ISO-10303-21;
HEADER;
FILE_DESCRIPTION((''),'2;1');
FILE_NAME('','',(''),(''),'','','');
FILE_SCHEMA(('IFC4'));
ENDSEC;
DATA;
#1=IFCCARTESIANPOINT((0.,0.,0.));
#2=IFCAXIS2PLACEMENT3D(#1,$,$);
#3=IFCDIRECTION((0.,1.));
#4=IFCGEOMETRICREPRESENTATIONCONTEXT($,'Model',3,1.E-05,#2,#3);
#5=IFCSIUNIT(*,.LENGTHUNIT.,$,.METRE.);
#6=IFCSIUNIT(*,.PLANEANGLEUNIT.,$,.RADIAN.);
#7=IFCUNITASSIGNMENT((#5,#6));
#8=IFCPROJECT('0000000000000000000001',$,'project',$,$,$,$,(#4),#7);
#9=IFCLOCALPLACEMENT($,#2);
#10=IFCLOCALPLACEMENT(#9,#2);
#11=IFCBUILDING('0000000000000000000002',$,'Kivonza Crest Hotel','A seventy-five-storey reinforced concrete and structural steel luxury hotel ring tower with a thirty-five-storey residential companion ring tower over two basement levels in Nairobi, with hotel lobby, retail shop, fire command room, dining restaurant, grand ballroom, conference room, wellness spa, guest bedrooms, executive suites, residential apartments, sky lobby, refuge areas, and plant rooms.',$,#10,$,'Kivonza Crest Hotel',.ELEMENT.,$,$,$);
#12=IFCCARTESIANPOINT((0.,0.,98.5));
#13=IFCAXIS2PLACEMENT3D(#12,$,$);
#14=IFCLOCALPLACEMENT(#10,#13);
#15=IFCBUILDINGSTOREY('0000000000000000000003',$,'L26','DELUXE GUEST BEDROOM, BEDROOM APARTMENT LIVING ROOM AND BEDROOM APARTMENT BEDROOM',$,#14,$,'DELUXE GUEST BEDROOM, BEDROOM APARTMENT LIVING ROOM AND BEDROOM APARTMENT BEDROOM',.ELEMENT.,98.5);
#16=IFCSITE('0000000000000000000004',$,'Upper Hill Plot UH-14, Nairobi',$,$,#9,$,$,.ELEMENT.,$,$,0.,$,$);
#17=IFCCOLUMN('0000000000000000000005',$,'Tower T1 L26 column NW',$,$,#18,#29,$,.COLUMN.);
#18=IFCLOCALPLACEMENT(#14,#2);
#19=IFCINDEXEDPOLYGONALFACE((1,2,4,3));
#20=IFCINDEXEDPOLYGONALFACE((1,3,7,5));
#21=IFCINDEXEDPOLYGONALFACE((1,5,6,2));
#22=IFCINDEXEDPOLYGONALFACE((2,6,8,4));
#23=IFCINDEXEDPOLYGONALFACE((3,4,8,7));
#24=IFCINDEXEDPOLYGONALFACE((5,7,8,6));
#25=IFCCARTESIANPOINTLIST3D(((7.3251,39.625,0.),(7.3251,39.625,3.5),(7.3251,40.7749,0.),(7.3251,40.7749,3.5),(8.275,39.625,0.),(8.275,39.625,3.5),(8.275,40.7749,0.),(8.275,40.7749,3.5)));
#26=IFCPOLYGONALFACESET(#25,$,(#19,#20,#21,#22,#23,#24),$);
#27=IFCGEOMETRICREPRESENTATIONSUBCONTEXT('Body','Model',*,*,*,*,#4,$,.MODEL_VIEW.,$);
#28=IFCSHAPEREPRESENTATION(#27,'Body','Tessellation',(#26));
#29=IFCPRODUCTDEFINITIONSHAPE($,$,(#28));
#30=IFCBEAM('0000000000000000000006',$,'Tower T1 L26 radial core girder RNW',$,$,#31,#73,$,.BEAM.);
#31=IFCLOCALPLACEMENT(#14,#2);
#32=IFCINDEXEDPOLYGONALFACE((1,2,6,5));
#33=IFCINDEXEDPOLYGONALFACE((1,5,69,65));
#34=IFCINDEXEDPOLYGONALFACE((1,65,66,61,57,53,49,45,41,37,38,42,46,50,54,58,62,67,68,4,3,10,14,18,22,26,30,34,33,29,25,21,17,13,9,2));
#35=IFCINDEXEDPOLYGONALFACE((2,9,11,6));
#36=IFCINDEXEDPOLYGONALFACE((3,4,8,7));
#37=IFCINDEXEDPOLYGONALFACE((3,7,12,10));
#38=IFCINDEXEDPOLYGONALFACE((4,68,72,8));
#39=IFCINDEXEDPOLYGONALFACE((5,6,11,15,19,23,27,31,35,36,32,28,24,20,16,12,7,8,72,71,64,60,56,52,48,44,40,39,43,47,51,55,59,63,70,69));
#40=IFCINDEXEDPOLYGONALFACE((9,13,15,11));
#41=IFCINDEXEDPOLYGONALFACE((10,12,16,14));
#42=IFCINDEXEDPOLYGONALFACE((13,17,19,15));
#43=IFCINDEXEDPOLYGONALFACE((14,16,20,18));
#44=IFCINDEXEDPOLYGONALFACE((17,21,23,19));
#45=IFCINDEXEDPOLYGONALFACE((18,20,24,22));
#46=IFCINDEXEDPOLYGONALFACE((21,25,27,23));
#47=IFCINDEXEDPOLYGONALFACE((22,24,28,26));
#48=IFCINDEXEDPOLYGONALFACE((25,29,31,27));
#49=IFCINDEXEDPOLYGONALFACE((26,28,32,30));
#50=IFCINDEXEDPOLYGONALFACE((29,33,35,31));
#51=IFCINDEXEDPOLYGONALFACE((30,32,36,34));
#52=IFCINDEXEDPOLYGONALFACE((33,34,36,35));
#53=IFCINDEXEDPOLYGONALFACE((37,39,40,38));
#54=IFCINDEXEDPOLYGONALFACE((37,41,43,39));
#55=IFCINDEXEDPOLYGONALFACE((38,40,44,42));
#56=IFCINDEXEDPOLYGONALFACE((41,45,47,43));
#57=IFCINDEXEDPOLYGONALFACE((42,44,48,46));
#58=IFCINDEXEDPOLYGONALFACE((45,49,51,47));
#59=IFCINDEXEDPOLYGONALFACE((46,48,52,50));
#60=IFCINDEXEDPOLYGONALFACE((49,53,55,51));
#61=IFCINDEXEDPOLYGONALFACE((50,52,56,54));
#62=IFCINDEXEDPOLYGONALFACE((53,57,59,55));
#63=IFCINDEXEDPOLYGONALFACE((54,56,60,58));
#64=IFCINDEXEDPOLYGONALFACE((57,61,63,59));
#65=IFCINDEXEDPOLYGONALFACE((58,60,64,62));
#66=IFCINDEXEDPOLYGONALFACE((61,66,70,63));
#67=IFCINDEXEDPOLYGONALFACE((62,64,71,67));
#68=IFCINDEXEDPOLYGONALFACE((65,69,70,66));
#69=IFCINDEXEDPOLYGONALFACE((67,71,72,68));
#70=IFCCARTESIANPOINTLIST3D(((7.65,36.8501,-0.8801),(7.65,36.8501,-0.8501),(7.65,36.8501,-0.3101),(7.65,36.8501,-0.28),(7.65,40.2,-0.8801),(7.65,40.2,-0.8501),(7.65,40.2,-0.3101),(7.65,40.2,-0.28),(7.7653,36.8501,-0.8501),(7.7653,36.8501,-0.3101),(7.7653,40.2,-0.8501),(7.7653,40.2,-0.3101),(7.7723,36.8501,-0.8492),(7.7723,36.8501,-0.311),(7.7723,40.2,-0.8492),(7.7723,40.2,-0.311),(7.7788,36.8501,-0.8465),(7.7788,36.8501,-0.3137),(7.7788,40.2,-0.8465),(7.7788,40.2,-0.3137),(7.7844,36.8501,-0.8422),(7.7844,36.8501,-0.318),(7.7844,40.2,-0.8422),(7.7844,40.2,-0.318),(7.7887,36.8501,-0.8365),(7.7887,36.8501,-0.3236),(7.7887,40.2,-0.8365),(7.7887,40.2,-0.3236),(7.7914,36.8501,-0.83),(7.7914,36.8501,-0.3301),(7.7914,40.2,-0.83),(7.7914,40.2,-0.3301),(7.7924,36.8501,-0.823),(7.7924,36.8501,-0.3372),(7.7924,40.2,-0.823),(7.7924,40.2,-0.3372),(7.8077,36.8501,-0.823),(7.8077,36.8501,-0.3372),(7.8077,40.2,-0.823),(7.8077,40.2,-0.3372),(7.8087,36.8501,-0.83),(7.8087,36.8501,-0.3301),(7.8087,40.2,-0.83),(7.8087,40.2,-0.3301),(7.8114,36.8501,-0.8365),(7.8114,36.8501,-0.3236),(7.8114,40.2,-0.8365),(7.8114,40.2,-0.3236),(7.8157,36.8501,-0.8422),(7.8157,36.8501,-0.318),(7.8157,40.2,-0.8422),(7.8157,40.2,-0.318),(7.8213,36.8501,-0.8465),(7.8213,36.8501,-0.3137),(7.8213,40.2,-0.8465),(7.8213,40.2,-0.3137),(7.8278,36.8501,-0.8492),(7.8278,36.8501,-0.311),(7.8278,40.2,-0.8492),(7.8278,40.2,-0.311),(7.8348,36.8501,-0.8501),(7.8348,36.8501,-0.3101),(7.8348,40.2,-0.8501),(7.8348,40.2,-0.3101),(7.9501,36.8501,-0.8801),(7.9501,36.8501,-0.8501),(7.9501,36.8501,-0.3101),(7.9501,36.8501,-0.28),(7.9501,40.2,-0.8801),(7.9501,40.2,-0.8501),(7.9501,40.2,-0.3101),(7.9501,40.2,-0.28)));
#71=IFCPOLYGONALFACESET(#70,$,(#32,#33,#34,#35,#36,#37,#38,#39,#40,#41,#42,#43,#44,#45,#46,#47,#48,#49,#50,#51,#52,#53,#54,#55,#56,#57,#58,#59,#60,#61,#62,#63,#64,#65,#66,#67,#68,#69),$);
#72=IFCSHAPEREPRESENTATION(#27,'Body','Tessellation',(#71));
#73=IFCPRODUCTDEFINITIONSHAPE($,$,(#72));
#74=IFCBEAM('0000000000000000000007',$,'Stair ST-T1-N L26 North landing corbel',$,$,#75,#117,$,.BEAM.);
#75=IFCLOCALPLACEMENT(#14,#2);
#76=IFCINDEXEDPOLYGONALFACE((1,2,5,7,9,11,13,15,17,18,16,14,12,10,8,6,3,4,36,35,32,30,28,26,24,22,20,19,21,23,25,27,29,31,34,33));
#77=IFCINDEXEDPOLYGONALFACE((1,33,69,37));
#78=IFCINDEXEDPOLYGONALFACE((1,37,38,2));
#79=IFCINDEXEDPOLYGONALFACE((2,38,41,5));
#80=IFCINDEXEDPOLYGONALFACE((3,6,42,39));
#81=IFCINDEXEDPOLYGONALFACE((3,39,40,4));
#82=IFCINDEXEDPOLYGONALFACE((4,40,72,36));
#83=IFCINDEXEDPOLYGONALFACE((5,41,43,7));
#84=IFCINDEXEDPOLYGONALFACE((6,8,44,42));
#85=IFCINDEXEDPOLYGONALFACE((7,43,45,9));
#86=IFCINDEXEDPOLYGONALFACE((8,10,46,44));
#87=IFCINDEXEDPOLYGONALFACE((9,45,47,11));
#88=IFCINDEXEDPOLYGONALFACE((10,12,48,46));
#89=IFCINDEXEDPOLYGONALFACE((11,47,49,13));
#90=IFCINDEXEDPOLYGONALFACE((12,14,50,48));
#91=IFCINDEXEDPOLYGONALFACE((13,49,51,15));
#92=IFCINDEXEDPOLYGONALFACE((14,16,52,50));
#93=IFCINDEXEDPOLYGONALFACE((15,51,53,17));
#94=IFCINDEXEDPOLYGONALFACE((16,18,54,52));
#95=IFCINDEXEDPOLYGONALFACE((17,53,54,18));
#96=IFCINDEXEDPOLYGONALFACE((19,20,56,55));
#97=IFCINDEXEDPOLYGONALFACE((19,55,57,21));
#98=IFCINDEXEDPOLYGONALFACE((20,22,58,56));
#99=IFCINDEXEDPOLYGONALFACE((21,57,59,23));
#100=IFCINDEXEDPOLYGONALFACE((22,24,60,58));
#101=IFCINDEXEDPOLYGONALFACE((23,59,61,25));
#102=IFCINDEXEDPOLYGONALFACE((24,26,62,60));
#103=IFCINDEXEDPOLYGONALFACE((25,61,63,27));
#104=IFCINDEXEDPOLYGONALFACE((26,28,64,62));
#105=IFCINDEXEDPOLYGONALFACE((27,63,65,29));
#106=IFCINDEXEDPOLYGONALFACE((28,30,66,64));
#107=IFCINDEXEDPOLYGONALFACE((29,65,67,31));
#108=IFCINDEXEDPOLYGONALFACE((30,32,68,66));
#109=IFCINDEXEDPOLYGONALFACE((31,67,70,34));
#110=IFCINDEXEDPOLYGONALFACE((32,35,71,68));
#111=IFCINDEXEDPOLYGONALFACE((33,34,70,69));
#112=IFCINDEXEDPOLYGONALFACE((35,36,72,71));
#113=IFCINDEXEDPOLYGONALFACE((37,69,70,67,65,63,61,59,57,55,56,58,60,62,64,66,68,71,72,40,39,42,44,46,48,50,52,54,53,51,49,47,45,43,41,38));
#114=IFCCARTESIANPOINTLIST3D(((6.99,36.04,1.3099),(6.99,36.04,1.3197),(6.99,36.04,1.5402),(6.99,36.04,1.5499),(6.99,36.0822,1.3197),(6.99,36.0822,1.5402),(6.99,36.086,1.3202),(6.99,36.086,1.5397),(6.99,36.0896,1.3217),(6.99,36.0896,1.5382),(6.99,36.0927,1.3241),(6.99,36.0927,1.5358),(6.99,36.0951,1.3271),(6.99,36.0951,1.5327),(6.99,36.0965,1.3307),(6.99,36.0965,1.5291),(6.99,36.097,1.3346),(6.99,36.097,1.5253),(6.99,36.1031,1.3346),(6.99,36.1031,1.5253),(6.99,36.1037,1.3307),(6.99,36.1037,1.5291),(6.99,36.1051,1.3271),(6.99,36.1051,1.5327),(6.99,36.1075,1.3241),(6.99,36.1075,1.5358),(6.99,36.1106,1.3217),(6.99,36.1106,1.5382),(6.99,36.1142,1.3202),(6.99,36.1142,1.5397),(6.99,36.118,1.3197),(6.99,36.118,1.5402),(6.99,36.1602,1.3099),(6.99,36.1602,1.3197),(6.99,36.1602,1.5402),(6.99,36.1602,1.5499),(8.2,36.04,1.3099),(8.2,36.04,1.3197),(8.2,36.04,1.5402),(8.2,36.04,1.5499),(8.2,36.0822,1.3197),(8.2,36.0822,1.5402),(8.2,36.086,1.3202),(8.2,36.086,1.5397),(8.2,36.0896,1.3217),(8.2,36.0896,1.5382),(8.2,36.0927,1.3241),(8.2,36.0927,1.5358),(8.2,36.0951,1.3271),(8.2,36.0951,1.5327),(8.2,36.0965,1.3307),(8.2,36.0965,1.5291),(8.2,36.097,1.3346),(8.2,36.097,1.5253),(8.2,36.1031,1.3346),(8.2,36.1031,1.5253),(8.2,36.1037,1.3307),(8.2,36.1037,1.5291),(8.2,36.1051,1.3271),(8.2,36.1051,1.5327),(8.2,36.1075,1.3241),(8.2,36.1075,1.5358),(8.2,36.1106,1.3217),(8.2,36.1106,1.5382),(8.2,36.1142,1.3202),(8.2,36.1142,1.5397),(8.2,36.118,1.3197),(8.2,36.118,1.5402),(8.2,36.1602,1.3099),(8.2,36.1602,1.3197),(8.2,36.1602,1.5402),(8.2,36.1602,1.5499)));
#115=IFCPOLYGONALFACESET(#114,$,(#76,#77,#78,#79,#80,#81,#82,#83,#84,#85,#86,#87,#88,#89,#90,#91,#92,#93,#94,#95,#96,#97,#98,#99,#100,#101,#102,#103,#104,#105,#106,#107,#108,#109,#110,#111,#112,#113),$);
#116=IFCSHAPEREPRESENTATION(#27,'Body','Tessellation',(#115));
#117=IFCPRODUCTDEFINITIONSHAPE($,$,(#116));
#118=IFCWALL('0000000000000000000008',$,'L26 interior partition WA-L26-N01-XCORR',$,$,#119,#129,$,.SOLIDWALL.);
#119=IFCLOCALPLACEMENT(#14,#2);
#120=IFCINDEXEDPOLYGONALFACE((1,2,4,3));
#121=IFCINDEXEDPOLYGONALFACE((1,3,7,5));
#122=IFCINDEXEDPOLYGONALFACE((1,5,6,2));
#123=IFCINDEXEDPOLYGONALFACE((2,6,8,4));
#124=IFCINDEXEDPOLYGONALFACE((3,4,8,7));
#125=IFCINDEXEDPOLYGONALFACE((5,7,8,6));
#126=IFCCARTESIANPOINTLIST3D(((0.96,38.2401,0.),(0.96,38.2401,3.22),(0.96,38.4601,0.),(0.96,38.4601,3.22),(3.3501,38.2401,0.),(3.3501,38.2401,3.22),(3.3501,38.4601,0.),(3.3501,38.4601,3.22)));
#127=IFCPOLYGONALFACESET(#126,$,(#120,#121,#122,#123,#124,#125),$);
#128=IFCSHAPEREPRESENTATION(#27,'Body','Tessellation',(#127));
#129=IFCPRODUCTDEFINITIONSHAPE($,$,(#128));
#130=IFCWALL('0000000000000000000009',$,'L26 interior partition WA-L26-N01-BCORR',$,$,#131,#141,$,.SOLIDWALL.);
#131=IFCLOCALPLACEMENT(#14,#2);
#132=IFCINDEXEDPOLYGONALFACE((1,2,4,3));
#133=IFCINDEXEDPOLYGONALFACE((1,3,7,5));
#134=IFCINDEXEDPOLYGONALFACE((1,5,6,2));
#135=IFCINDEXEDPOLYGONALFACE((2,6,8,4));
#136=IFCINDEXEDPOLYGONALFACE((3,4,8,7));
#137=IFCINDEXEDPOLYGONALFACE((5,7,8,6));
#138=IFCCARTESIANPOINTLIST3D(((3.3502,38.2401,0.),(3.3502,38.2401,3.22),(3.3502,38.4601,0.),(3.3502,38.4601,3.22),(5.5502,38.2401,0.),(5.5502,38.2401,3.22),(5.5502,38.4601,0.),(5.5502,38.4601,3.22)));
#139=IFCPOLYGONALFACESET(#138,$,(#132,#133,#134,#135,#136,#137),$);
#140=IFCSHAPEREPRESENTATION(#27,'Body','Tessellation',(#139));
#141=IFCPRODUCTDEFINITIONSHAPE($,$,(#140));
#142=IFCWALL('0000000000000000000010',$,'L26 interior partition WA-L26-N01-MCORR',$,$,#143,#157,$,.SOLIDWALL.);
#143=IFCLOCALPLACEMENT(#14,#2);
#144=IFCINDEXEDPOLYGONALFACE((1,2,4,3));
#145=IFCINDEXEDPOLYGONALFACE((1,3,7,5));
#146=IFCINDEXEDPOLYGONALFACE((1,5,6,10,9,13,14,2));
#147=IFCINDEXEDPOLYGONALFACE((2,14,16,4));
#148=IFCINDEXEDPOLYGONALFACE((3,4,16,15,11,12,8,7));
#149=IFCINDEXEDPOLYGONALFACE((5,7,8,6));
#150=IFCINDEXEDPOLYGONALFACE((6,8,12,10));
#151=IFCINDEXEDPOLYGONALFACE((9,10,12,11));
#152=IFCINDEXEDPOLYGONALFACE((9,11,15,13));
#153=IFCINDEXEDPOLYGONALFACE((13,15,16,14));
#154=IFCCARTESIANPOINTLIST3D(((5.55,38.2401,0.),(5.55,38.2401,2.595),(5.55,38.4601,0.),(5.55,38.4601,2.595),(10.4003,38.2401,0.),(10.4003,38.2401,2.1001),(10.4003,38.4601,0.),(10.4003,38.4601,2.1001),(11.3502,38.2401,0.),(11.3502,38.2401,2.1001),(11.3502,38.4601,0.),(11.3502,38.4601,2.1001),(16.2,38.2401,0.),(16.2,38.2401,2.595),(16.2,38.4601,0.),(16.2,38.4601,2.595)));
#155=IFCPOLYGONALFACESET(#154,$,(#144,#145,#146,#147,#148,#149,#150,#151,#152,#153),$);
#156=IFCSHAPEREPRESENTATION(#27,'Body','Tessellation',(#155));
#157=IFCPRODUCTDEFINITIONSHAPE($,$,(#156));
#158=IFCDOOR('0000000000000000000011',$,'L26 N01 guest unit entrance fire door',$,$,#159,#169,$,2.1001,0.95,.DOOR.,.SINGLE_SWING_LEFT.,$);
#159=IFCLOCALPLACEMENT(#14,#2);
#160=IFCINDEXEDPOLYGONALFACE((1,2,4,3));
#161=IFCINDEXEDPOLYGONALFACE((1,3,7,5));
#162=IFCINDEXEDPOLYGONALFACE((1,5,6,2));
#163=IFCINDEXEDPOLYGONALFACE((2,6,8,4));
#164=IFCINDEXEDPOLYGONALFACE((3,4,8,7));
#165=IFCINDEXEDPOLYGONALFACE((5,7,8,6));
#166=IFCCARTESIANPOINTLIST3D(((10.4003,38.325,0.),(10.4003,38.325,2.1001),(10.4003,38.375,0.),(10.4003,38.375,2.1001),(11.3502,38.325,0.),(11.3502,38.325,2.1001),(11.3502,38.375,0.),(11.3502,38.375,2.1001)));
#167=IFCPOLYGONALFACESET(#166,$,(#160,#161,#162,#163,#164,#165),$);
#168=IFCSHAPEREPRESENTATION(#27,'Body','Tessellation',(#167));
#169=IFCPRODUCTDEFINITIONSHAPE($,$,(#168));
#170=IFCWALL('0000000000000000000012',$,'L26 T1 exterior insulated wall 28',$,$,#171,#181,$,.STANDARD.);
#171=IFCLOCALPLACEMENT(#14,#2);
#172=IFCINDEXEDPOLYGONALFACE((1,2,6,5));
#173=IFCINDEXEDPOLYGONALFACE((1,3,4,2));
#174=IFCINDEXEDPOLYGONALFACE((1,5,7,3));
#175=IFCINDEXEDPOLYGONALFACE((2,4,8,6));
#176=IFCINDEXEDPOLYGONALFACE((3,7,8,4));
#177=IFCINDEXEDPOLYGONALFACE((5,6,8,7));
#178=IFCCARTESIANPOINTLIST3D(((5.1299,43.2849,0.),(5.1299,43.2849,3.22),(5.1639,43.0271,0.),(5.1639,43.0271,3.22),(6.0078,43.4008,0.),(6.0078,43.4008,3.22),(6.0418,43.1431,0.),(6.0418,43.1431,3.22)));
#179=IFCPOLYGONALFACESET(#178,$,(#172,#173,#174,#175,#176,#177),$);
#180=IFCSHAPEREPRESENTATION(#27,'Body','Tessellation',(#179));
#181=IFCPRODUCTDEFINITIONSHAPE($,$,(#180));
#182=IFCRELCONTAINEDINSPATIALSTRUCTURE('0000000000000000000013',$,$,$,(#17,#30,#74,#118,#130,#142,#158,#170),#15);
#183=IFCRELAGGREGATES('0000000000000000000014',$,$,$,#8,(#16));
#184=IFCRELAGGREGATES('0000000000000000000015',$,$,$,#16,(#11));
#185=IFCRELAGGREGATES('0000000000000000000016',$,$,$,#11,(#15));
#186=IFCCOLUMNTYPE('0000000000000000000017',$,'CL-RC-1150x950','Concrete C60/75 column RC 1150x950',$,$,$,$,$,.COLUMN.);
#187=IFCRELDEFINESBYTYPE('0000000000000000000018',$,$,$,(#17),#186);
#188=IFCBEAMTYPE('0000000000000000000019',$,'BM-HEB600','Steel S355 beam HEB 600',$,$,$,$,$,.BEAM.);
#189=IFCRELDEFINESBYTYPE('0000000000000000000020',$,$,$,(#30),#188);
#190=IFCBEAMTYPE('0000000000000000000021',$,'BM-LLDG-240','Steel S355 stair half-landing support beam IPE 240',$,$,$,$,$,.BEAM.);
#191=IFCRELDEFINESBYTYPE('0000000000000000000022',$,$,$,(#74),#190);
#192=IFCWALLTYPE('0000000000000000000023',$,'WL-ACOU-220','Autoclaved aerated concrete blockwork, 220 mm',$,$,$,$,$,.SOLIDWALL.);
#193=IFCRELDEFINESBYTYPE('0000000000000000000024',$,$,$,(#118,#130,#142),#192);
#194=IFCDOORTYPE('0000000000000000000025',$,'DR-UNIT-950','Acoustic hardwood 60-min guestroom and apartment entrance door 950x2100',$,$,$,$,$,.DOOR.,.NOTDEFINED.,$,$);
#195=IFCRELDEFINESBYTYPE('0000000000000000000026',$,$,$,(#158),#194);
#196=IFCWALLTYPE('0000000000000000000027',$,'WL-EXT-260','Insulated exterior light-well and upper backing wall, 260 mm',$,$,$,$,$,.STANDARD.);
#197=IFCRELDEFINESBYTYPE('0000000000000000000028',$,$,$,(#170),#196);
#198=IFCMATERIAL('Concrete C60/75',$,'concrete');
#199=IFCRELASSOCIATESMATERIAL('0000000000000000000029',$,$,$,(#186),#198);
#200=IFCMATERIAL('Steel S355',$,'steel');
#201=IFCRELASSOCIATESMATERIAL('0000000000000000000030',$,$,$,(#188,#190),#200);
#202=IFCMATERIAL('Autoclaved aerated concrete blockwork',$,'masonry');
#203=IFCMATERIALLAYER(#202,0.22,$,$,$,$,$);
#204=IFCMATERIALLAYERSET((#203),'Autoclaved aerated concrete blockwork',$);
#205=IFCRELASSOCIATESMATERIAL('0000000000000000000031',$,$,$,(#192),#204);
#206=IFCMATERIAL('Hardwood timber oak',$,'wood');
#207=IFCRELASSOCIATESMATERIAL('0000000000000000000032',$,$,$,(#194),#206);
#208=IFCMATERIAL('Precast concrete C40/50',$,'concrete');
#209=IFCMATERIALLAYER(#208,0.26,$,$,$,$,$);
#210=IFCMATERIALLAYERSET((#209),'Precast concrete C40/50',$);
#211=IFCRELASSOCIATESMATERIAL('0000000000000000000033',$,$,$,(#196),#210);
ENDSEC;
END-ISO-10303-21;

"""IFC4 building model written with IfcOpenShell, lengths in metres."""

from ifc_helpers import new_model, si_unit, direction, frame, frame_2d, origin, origin_2d, place, context, subcontext, project, spatial, rectangle, i_section, extrude, material, layer, layer_set, material_profile, profile_set, type_object, element, fill, save


model = new_model("IFC4")

# Units and contexts
model_context = context("Model", 3, precision=1e-05, world=origin(), true_north=direction((0.0, 1.0)))
body_context = subcontext(model_context, "Body", "Model", "MODEL_VIEW")
ifc_project = project(units=[si_unit("LENGTHUNIT", "METRE"), si_unit("PLANEANGLEUNIT", "RADIAN")], contexts=[model_context])

# Site, building, storey
site_placement = place(None, origin())
site = spatial("IfcSite", under=ifc_project, at=site_placement, Name="Upper Hill Plot UH-14, Nairobi", CompositionType="ELEMENT", RefElevation=0.0)
building_placement = place(site_placement, origin())
building = spatial("IfcBuilding", under=site, at=building_placement, Name="Kivonza Crest Hotel", Description="A seventy-five-storey reinforced concrete and structural steel luxury hotel ring tower with a thirty-five-storey residential companion ring tower over two basement levels in Nairobi, with hotel lobby, retail shop, fire command room, dining restaurant, grand ballroom, conference room, wellness spa, guest bedrooms, executive suites, residential apartments, sky lobby, refuge areas, and plant rooms.", LongName="Kivonza Crest Hotel", CompositionType="ELEMENT")
storey_placement = place(building_placement, frame((0.0, 0.0, 98.5)))
storey = spatial("IfcBuildingStorey", under=building, at=storey_placement, Name="L26", Description="DELUXE GUEST BEDROOM, BEDROOM APARTMENT LIVING ROOM AND BEDROOM APARTMENT BEDROOM", LongName="DELUXE GUEST BEDROOM, BEDROOM APARTMENT LIVING ROOM AND BEDROOM APARTMENT BEDROOM", CompositionType="ELEMENT", Elevation=98.5)

# Column
ifc_material_1 = material(Name="Concrete C60/75", Category="concrete")
ifc_material_profile_1 = material_profile(ifc_material_1, rectangle(XDim=0.95, YDim=1.1499, at=origin_2d()), Name="RC 1150x950")
ifc_profile_set_1 = profile_set([ifc_material_profile_1], Name="Concrete C60/75")
column_type = type_object("IfcColumnType", Name="CL-RC-1150x950", Description="Concrete C60/75 column RC 1150x950", PredefinedType="COLUMN", material=ifc_profile_set_1)
column_placement = place(storey_placement, frame((7.8, 40.2, 0.0), z_axis=(0.0, 0.0, 1.0), x_axis=(1.0, 0.0, 0.0)))
element("IfcColumn", 1, at=column_placement, inside=storey, type_object=column_type, Name="Tower T1 L26 column NW", PredefinedType="COLUMN", context=body_context, shape_type="SweptSolid", body=[
    extrude(rectangle(XDim=0.95, YDim=1.1499, at=origin_2d()), origin(), (0.0, 0.0, 1.0), 3.5),
])

# Beams
ifc_material_2 = material(Name="Steel S355", Category="steel")
ifc_material_profile_2 = material_profile(ifc_material_2, i_section(OverallWidth=0.3, OverallDepth=0.6001, WebThickness=0.0154, FlangeThickness=0.03, FilletRadius=0.0271, at=origin_2d()), Name="HEB 600")
ifc_profile_set_2 = profile_set([ifc_material_profile_2], Name="Steel S355")
beam_type_1 = type_object("IfcBeamType", Name="BM-HEB600", Description="Steel S355 beam HEB 600", PredefinedType="BEAM", material=ifc_profile_set_2)
beam_1_placement = place(storey_placement, frame((7.8, 40.2, -0.5801), z_axis=(0.0, -1.0, 0.0), x_axis=(1.0, 0.0, 0.0)))
element("IfcBeam", 2, at=beam_1_placement, inside=storey, type_object=beam_type_1, Name="Tower T1 L26 radial core girder RNW", PredefinedType="BEAM", context=body_context, shape_type="SweptSolid", body=[
    extrude(i_section(OverallWidth=0.3, OverallDepth=0.6001, WebThickness=0.0154, FlangeThickness=0.03, FilletRadius=0.0271, at=origin_2d()), origin(), (0.0, 0.0, 1.0), 3.3499),
])
ifc_material_profile_3 = material_profile(ifc_material_2, i_section(OverallWidth=0.1201, OverallDepth=0.24, WebThickness=0.0061, FlangeThickness=0.0098, FilletRadius=0.0149, at=origin_2d()), Name="IPE 240")
ifc_profile_set_3 = profile_set([ifc_material_profile_3], Name="Steel S355")
beam_type_2 = type_object("IfcBeamType", Name="BM-LLDG-240", Description="Steel S355 stair half-landing support beam IPE 240", PredefinedType="BEAM", material=ifc_profile_set_3)
beam_2_placement = place(storey_placement, frame((6.99, 36.1001, 1.4299), z_axis=(1.0, 0.0, 0.0), x_axis=(0.0, 1.0, 0.0)))
element("IfcBeam", 3, at=beam_2_placement, inside=storey, type_object=beam_type_2, Name="Stair ST-T1-N L26 North landing corbel", PredefinedType="BEAM", context=body_context, shape_type="SweptSolid", body=[
    extrude(i_section(OverallWidth=0.1201, OverallDepth=0.24, WebThickness=0.0061, FlangeThickness=0.0098, FilletRadius=0.0149, at=origin_2d()), origin(), (0.0, 0.0, 1.0), 1.21),
])

# Walls
ifc_material_3 = material(Name="Autoclaved aerated concrete blockwork", Category="masonry")
ifc_layer_1 = layer(ifc_material_3, 0.22)
ifc_layer_set_1 = layer_set([ifc_layer_1], Name="Autoclaved aerated concrete blockwork")
wall_type_1 = type_object("IfcWallType", Name="WL-ACOU-220", Description="Autoclaved aerated concrete blockwork, 220 mm", PredefinedType="SOLIDWALL", material=ifc_layer_set_1)
wall_1_placement = place(storey_placement, frame((0.96, 38.3501, 0.0), z_axis=(0.0, 0.0, 1.0), x_axis=(1.0, 0.0, 0.0)))
element("IfcWall", 4, at=wall_1_placement, inside=storey, type_object=wall_type_1, Name="L26 interior partition WA-L26-N01-XCORR", PredefinedType="SOLIDWALL", context=body_context, shape_type="SweptSolid", body=[
    extrude(rectangle(XDim=2.3901, YDim=0.22, at=frame_2d((1.1951, 0.0))), origin(), (0.0, 0.0, 1.0), 3.22),
])
wall_2_placement = place(storey_placement, frame((3.3501, 38.3501, 0.0), z_axis=(0.0, 0.0, 1.0), x_axis=(1.0, 0.0, 0.0)))
element("IfcWall", 5, at=wall_2_placement, inside=storey, type_object=wall_type_1, Name="L26 interior partition WA-L26-N01-BCORR", PredefinedType="SOLIDWALL", context=body_context, shape_type="SweptSolid", body=[
    extrude(rectangle(XDim=2.2, YDim=0.22, at=frame_2d((1.1001, 0.0))), origin(), (0.0, 0.0, 1.0), 3.22),
])

# Wall, opening, door
wall_3_placement = place(storey_placement, frame((5.55, 38.3501, 0.0), z_axis=(0.0, 0.0, 1.0), x_axis=(1.0, 0.0, 0.0)))
wall_3 = element("IfcWall", 6, at=wall_3_placement, inside=storey, type_object=wall_type_1, Name="L26 interior partition WA-L26-N01-MCORR", PredefinedType="SOLIDWALL", context=body_context, shape_type="SweptSolid", body=[
    extrude(rectangle(XDim=10.6499, YDim=0.22, at=frame_2d((5.325, 0.0))), origin(), (0.0, 0.0, 1.0), 2.595),
])
opening_1_placement = place(wall_3_placement, frame((4.8501, 0.0, 0.0)))
opening_1 = element("IfcOpeningElement", 7, at=opening_1_placement, cuts=wall_3, PredefinedType="OPENING", context=body_context, shape_type="SweptSolid", body=[
    extrude(rectangle(XDim=0.95, YDim=2.1001, at=frame_2d((0.4751, 1.05))), frame((0.0, 0.1201, 0.0), z_axis=(0.0, -1.0, 0.0), x_axis=(1.0, 0.0, 0.0)), (0.0, 0.0, 1.0), 0.24),
])
ifc_material_4 = material(Name="Hardwood timber oak", Category="wood")
door_type_1 = type_object("IfcDoorType", Name="DR-UNIT-950", Description="Acoustic hardwood 60-min guestroom and apartment entrance door 950x2100", OperationType="NOTDEFINED", PredefinedType="DOOR", material=ifc_material_4)
door_1_placement = place(opening_1_placement, origin())
door_1 = element("IfcDoor", 8, at=door_1_placement, inside=storey, type_object=door_type_1, Name="L26 N01 guest unit entrance fire door", OperationType="SINGLE_SWING_LEFT", OverallHeight=2.1001, OverallWidth=0.95, PredefinedType="DOOR", context=body_context, shape_type="SweptSolid", body=[
    extrude(rectangle(XDim=0.95, YDim=2.1001, at=frame_2d((0.4751, 1.05))), frame((0.0, 0.0249, 0.0), z_axis=(0.0, -1.0, 0.0), x_axis=(1.0, 0.0, 0.0)), (0.0, 0.0, 1.0), 0.05),
])
fill(opening_1, door_1)

# Wall
ifc_material_5 = material(Name="Precast concrete C40/50", Category="concrete")
ifc_layer_2 = layer(ifc_material_5, 0.26)
ifc_layer_set_2 = layer_set([ifc_layer_2], Name="Precast concrete C40/50")
wall_type_2 = type_object("IfcWallType", Name="WL-EXT-260", Description="Insulated exterior light-well and upper backing wall, 260 mm", PredefinedType="STANDARD", material=ifc_layer_set_2)
wall_4_placement = place(storey_placement, frame((6.0249, 43.272, 0.0), z_axis=(0.0, 0.0, 1.0), x_axis=(-0.991388, -0.130954, 0.0)))
element("IfcWall", 9, at=wall_4_placement, inside=storey, type_object=wall_type_2, Name="L26 T1 exterior insulated wall 28", PredefinedType="STANDARD", context=body_context, shape_type="SweptSolid", body=[
    extrude(rectangle(XDim=0.8855, YDim=0.26, at=frame_2d((0.4429, 0.0))), origin(), (0.0, 0.0, 1.0), 3.22),
])

save(model, "model.ifc")
